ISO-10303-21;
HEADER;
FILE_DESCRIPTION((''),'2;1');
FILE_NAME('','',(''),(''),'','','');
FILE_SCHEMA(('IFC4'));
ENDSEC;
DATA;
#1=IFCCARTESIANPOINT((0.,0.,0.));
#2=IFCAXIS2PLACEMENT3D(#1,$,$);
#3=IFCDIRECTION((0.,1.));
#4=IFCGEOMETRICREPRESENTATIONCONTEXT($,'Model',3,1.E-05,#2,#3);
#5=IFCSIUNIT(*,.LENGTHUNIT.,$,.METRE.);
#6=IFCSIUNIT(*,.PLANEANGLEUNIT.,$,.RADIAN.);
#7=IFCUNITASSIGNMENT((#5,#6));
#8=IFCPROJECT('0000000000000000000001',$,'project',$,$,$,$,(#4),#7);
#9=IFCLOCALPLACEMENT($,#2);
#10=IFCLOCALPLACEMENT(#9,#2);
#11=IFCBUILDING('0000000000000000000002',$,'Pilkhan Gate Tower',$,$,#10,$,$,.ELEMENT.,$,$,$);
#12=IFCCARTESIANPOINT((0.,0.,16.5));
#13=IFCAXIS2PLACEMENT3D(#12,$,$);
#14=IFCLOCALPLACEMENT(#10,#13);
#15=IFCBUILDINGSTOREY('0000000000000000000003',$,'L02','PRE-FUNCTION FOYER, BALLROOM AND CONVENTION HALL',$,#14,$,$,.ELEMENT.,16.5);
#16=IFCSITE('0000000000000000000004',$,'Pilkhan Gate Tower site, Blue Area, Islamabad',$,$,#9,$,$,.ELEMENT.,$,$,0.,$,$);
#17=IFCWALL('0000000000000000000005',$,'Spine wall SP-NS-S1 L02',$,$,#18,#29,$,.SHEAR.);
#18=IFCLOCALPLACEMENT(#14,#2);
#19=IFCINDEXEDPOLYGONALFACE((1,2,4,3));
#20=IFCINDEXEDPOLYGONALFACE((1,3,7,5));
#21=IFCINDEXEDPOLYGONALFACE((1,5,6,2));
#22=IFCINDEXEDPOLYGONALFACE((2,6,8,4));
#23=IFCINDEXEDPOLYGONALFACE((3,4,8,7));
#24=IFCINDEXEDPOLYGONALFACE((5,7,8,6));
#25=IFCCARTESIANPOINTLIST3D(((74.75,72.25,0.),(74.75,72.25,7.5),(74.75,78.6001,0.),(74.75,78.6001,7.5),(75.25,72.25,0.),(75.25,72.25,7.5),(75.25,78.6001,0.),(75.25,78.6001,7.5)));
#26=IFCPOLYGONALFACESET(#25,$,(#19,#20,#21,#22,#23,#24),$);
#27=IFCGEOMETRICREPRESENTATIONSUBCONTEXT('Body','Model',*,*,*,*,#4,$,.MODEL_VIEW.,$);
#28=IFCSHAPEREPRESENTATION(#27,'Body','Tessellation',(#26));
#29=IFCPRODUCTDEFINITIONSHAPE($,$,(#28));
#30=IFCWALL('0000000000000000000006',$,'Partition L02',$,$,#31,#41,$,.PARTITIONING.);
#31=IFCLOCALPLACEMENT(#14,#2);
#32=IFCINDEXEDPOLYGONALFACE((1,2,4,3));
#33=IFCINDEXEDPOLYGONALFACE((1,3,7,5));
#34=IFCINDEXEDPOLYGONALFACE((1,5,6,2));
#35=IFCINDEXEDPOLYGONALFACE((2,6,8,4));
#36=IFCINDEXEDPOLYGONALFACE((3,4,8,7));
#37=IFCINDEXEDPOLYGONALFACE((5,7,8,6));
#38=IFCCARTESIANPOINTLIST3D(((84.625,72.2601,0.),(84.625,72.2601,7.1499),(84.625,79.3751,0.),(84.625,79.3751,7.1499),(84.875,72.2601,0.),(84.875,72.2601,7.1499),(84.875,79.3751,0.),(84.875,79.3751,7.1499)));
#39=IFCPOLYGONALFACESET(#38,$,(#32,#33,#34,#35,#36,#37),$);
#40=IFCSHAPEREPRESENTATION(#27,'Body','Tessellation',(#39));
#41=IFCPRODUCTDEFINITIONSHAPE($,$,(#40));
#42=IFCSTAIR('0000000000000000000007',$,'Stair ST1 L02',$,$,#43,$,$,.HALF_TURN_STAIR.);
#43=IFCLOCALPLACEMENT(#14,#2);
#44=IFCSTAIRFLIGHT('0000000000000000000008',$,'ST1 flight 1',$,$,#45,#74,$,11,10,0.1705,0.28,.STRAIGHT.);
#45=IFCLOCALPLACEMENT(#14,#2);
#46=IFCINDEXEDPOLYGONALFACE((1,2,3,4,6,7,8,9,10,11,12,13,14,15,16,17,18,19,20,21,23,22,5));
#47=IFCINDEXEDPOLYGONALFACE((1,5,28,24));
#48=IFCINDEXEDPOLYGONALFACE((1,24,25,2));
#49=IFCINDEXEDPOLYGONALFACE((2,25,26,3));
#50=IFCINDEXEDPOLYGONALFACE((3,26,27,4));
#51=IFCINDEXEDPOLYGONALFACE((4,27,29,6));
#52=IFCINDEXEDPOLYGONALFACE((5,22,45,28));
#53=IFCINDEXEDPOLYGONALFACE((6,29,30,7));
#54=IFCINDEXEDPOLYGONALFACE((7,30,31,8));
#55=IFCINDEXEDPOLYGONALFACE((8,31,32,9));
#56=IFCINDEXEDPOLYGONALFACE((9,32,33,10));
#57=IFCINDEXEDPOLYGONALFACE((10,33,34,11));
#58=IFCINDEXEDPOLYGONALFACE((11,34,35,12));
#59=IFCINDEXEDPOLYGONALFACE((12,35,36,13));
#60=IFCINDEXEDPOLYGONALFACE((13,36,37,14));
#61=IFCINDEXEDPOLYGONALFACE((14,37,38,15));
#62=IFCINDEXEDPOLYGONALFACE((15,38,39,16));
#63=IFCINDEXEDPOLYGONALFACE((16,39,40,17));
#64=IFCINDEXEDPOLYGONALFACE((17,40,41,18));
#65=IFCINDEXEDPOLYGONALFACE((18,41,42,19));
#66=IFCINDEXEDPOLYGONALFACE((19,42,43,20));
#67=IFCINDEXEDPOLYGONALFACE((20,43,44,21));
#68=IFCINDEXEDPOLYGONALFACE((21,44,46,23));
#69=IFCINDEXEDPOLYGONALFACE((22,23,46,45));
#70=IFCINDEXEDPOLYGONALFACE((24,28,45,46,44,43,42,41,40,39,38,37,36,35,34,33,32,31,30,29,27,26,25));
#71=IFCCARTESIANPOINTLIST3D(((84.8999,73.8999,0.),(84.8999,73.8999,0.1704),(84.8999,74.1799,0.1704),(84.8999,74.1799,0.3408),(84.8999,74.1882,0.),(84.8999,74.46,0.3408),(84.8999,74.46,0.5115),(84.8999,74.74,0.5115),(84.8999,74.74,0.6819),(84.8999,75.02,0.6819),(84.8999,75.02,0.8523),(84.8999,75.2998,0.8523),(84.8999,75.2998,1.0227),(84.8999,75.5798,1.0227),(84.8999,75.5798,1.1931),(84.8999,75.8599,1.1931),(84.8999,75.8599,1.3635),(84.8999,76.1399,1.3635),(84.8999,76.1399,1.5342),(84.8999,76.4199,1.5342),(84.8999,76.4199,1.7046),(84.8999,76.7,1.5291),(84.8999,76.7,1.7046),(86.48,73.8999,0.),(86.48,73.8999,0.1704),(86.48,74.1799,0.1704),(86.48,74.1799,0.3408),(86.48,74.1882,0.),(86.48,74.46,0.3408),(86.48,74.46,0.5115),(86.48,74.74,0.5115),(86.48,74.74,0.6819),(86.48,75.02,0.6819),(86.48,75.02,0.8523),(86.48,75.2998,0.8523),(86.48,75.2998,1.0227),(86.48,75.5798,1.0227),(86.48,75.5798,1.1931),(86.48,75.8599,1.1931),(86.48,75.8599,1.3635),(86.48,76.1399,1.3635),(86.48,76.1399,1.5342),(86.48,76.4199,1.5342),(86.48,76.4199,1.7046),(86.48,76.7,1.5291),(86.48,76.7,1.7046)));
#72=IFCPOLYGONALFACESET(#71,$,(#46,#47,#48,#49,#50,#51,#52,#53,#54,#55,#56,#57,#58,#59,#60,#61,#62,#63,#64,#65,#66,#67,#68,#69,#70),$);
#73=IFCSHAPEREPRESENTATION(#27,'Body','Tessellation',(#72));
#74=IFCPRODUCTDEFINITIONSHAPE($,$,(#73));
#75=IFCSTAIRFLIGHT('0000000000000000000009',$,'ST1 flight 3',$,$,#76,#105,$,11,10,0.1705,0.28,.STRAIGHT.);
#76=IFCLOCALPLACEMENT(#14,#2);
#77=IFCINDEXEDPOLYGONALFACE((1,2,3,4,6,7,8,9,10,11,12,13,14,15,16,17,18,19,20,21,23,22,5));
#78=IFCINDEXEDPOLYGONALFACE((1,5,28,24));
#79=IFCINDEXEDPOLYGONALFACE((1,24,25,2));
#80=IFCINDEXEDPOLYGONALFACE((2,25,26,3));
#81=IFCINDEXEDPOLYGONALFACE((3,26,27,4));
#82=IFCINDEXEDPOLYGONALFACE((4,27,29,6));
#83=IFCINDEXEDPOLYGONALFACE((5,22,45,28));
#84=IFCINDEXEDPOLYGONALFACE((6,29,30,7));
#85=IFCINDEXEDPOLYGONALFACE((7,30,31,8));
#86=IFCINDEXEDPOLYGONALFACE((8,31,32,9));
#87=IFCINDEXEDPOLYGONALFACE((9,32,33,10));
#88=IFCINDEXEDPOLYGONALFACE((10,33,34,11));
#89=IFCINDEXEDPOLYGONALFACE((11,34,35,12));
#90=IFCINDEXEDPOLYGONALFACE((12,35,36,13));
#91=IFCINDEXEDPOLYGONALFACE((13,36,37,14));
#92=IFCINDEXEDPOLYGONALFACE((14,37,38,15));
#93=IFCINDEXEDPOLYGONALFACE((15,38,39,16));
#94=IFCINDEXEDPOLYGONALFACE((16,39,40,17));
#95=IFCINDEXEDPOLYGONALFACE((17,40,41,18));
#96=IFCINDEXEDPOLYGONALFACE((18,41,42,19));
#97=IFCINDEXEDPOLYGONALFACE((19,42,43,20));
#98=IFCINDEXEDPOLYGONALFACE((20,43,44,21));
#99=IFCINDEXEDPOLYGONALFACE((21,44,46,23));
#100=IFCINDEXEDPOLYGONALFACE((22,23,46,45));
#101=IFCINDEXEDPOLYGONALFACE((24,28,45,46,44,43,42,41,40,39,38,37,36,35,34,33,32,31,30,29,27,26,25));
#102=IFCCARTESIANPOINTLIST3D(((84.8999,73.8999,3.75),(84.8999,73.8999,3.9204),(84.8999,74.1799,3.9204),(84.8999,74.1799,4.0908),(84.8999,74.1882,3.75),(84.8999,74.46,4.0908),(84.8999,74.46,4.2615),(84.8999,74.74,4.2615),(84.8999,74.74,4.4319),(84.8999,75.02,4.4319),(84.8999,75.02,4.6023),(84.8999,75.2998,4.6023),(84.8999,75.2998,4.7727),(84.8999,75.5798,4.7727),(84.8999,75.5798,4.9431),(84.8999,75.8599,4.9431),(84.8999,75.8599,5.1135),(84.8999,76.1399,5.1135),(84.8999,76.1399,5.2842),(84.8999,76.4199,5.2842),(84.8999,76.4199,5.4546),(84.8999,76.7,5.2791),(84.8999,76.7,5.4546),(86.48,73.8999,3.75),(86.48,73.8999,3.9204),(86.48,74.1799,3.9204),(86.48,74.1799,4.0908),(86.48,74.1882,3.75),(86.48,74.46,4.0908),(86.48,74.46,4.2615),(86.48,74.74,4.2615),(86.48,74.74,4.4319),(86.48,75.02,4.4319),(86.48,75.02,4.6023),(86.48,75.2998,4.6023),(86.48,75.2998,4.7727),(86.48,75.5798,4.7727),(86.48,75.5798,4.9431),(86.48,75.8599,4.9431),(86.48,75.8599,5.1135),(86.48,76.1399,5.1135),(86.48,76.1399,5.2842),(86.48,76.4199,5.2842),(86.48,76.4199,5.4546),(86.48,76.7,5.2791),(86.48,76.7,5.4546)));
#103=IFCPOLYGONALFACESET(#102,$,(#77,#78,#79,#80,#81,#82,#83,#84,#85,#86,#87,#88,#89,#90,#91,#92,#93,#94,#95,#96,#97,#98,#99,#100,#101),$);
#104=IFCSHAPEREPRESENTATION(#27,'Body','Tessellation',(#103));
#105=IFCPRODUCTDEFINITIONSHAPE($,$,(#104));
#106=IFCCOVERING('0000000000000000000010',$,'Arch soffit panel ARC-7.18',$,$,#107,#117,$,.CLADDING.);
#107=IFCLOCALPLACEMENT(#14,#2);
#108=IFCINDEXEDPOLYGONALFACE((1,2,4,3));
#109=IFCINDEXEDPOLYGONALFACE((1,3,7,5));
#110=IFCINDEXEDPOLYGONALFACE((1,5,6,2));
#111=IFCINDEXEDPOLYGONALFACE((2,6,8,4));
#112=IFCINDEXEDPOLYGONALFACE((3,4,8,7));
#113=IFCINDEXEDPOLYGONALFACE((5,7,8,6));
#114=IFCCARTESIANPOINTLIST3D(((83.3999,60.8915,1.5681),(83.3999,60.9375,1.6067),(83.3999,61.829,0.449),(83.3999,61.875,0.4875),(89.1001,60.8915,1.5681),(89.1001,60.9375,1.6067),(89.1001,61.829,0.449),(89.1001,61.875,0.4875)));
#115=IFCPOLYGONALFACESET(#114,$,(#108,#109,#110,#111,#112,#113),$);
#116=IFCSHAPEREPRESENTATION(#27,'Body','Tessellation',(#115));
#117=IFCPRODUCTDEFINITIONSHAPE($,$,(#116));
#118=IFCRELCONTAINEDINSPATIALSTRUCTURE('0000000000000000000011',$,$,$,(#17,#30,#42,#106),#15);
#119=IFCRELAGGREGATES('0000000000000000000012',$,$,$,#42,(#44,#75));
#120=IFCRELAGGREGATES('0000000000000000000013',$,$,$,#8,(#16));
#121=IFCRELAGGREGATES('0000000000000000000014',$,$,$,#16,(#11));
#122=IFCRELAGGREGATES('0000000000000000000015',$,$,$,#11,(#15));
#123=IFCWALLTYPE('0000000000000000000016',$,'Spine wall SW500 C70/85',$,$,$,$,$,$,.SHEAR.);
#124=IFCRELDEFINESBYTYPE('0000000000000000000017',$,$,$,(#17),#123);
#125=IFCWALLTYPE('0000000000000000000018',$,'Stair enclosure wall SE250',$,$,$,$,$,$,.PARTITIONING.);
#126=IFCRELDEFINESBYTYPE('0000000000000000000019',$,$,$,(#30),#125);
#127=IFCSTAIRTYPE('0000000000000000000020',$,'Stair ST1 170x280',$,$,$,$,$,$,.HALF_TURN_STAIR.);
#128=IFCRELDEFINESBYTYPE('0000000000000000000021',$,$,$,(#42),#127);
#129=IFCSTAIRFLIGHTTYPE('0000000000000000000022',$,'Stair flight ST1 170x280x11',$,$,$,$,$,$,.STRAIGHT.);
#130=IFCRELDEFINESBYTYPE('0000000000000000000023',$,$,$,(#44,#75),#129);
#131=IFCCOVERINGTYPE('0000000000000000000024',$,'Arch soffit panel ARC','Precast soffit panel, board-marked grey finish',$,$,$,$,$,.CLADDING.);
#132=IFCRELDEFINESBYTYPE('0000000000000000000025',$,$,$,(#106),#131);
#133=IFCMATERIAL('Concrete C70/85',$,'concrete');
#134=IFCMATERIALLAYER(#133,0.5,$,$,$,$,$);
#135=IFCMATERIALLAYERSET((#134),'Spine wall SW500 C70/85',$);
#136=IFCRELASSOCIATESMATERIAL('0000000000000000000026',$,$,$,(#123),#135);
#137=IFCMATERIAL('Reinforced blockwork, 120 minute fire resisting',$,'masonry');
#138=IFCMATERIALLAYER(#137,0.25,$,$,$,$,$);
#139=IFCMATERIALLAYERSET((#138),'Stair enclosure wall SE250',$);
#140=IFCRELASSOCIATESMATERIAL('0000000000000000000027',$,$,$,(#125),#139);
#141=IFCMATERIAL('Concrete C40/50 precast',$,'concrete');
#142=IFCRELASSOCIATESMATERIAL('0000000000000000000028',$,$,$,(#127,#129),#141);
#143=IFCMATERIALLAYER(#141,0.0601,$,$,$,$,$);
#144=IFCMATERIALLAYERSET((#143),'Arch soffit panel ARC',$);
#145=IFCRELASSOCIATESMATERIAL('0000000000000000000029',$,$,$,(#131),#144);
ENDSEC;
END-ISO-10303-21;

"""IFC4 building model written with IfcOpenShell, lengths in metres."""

from ifc_helpers import new_model, si_unit, direction, frame, frame_2d, origin, place, context, subcontext, project, spatial, polyline, rectangle, outline, extrude, material, layer, layer_set, type_object, element, aggregate, save


model = new_model("IFC4")

# Units and contexts
model_context = context("Model", 3, precision=1e-05, world=origin(), true_north=direction((0.0, 1.0)))
body_context = subcontext(model_context, "Body", "Model", "MODEL_VIEW")
ifc_project = project(units=[si_unit("LENGTHUNIT", "METRE"), si_unit("PLANEANGLEUNIT", "RADIAN")], contexts=[model_context])

# Site, building, storey
site_placement = place(None, origin())
site = spatial("IfcSite", under=ifc_project, at=site_placement, Name="Pilkhan Gate Tower site, Blue Area, Islamabad", CompositionType="ELEMENT", RefElevation=0.0)
building_placement = place(site_placement, origin())
building = spatial("IfcBuilding", under=site, at=building_placement, Name="Pilkhan Gate Tower", CompositionType="ELEMENT")
storey_placement = place(building_placement, frame((0.0, 0.0, 16.5)))
storey = spatial("IfcBuildingStorey", under=building, at=storey_placement, Name="L02", Description="PRE-FUNCTION FOYER, BALLROOM AND CONVENTION HALL", CompositionType="ELEMENT", Elevation=16.5)

# Shared definitions
ifc_material_1 = material(Name="Concrete C70/85", Category="concrete")

# Walls
ifc_layer_1 = layer(ifc_material_1, 0.5)
ifc_layer_set_1 = layer_set([ifc_layer_1], Name="Spine wall SW500 C70/85")
wall_type_1 = type_object("IfcWallType", Name="Spine wall SW500 C70/85", PredefinedType="SHEAR", material=ifc_layer_set_1)
wall_1_placement = place(storey_placement, frame((75.0, 72.25, 0.0), z_axis=(0.0, 0.0, 1.0), x_axis=(0.0, 1.0, 0.0)))
element("IfcWall", 1, at=wall_1_placement, inside=storey, type_object=wall_type_1, Name="Spine wall SP-NS-S1 L02", PredefinedType="SHEAR", context=body_context, shape_type="SweptSolid", body=[
    extrude(rectangle(XDim=6.3501, YDim=0.5, at=frame_2d((3.175, 0.0))), origin(), (0.0, 0.0, 1.0), 7.5),
])
ifc_material_2 = material(Name="Reinforced blockwork, 120 minute fire resisting", Category="masonry")
ifc_layer_2 = layer(ifc_material_2, 0.25)
ifc_layer_set_2 = layer_set([ifc_layer_2], Name="Stair enclosure wall SE250")
wall_type_2 = type_object("IfcWallType", Name="Stair enclosure wall SE250", PredefinedType="PARTITIONING", material=ifc_layer_set_2)
wall_2_placement = place(storey_placement, frame((84.75, 72.26, 0.0), z_axis=(0.0, 0.0, 1.0), x_axis=(0.0, 1.0, 0.0)))
element("IfcWall", 2, at=wall_2_placement, inside=storey, type_object=wall_type_2, Name="Partition L02", PredefinedType="PARTITIONING", context=body_context, shape_type="SweptSolid", body=[
    extrude(rectangle(XDim=7.115, YDim=0.25, at=frame_2d((3.5576, 0.0))), origin(), (0.0, 0.0, 1.0), 7.1499),
])

# Stair, stair flights
ifc_material_3 = material(Name="Concrete C40/50 precast", Category="concrete")
stair_type = type_object("IfcStairType", Name="Stair ST1 170x280", PredefinedType="HALF_TURN_STAIR", material=ifc_material_3)
stair_placement = place(storey_placement, origin())
stair = element("IfcStair", 3, at=stair_placement, inside=storey, type_object=stair_type, Name="Stair ST1 L02", PredefinedType="HALF_TURN_STAIR")
stair_flight_type = type_object("IfcStairFlightType", Name="Stair flight ST1 170x280x11", PredefinedType="STRAIGHT", material=ifc_material_3)
stair_flight_1_placement = place(storey_placement, frame((85.6899, 73.8999, 0.0), z_axis=(0.0, 0.0, 1.0), x_axis=(0.0, 1.0, 0.0)))
stair_flight_1 = element("IfcStairFlight", 4, at=stair_flight_1_placement, type_object=stair_flight_type, Name="ST1 flight 1", NumberOfRisers=11, NumberOfTreads=10, PredefinedType="STRAIGHT", RiserHeight=0.1705, TreadLength=0.28, context=body_context, shape_type="SweptSolid", body=[
    extrude(outline(polyline([(0.0, 0.0), (0.0, 0.1704), (0.28, 0.1704), (0.28, 0.3408), (0.5601, 0.3408), (0.5601, 0.5115), (0.8401, 0.5115), (0.8401, 0.6819), (1.1201, 0.6819), (1.1201, 0.8523), (1.3999, 0.8523), (1.3999, 1.0227), (1.6799, 1.0227), (1.6799, 1.1931), (1.96, 1.1931), (1.96, 1.3635), (2.24, 1.3635), (2.24, 1.5342), (2.52, 1.5342), (2.52, 1.7046), (2.8, 1.7046), (2.8, 1.875), (2.8, 1.5291), (0.2883, 0.0), (0.0, 0.0)])), frame((0.0, 0.79, 0.0), z_axis=(0.0, -1.0, 0.0), x_axis=(1.0, 0.0, 0.0)), (0.0, 0.0, 1.0), 1.5801),
])
stair_flight_2_placement = place(storey_placement, frame((85.6899, 73.8999, 3.75), z_axis=(0.0, 0.0, 1.0), x_axis=(0.0, 1.0, 0.0)))
stair_flight_2 = element("IfcStairFlight", 5, at=stair_flight_2_placement, type_object=stair_flight_type, Name="ST1 flight 3", NumberOfRisers=11, NumberOfTreads=10, PredefinedType="STRAIGHT", RiserHeight=0.1705, TreadLength=0.28, context=body_context, shape_type="SweptSolid", body=[
    extrude(outline(polyline([(0.0, 0.0), (0.0, 0.1704), (0.28, 0.1704), (0.28, 0.3408), (0.5601, 0.3408), (0.5601, 0.5115), (0.8401, 0.5115), (0.8401, 0.6819), (1.1201, 0.6819), (1.1201, 0.8523), (1.3999, 0.8523), (1.3999, 1.0227), (1.6799, 1.0227), (1.6799, 1.1931), (1.96, 1.1931), (1.96, 1.3635), (2.24, 1.3635), (2.24, 1.5342), (2.52, 1.5342), (2.52, 1.7046), (2.8, 1.7046), (2.8, 1.875), (2.8, 1.5291), (0.2883, 0.0), (0.0, 0.0)])), frame((0.0, 0.79, 0.0), z_axis=(0.0, -1.0, 0.0), x_axis=(1.0, 0.0, 0.0)), (0.0, 0.0, 1.0), 1.5801),
])
aggregate(stair, [stair_flight_1, stair_flight_2])

# Covering
ifc_layer_3 = layer(ifc_material_3, 0.0601)
ifc_layer_set_3 = layer_set([ifc_layer_3], Name="Arch soffit panel ARC")
covering_type = type_object("IfcCoveringType", Name="Arch soffit panel ARC", Description="Precast soffit panel, board-marked grey finish", PredefinedType="CLADDING", material=ifc_layer_set_3)
covering_placement = place(storey_placement, frame((83.3999, 60.9375, 1.6067), z_axis=(0.0, 0.766574, 0.642156), x_axis=(1.0, 0.0, 0.0)))
element("IfcCovering", 6, at=covering_placement, inside=storey, type_object=covering_type, Name="Arch soffit panel ARC-7.18", PredefinedType="CLADDING", context=body_context, shape_type="SweptSolid", body=[
    extrude(outline(polyline([(0.0, 0.0), (5.7002, 0.0), (5.7002, 1.4599), (0.0, 1.4599), (0.0, 0.0)])), origin(), (0.0, 0.0, -1.0), 0.0601),
])

save(model, "model.ifc")
